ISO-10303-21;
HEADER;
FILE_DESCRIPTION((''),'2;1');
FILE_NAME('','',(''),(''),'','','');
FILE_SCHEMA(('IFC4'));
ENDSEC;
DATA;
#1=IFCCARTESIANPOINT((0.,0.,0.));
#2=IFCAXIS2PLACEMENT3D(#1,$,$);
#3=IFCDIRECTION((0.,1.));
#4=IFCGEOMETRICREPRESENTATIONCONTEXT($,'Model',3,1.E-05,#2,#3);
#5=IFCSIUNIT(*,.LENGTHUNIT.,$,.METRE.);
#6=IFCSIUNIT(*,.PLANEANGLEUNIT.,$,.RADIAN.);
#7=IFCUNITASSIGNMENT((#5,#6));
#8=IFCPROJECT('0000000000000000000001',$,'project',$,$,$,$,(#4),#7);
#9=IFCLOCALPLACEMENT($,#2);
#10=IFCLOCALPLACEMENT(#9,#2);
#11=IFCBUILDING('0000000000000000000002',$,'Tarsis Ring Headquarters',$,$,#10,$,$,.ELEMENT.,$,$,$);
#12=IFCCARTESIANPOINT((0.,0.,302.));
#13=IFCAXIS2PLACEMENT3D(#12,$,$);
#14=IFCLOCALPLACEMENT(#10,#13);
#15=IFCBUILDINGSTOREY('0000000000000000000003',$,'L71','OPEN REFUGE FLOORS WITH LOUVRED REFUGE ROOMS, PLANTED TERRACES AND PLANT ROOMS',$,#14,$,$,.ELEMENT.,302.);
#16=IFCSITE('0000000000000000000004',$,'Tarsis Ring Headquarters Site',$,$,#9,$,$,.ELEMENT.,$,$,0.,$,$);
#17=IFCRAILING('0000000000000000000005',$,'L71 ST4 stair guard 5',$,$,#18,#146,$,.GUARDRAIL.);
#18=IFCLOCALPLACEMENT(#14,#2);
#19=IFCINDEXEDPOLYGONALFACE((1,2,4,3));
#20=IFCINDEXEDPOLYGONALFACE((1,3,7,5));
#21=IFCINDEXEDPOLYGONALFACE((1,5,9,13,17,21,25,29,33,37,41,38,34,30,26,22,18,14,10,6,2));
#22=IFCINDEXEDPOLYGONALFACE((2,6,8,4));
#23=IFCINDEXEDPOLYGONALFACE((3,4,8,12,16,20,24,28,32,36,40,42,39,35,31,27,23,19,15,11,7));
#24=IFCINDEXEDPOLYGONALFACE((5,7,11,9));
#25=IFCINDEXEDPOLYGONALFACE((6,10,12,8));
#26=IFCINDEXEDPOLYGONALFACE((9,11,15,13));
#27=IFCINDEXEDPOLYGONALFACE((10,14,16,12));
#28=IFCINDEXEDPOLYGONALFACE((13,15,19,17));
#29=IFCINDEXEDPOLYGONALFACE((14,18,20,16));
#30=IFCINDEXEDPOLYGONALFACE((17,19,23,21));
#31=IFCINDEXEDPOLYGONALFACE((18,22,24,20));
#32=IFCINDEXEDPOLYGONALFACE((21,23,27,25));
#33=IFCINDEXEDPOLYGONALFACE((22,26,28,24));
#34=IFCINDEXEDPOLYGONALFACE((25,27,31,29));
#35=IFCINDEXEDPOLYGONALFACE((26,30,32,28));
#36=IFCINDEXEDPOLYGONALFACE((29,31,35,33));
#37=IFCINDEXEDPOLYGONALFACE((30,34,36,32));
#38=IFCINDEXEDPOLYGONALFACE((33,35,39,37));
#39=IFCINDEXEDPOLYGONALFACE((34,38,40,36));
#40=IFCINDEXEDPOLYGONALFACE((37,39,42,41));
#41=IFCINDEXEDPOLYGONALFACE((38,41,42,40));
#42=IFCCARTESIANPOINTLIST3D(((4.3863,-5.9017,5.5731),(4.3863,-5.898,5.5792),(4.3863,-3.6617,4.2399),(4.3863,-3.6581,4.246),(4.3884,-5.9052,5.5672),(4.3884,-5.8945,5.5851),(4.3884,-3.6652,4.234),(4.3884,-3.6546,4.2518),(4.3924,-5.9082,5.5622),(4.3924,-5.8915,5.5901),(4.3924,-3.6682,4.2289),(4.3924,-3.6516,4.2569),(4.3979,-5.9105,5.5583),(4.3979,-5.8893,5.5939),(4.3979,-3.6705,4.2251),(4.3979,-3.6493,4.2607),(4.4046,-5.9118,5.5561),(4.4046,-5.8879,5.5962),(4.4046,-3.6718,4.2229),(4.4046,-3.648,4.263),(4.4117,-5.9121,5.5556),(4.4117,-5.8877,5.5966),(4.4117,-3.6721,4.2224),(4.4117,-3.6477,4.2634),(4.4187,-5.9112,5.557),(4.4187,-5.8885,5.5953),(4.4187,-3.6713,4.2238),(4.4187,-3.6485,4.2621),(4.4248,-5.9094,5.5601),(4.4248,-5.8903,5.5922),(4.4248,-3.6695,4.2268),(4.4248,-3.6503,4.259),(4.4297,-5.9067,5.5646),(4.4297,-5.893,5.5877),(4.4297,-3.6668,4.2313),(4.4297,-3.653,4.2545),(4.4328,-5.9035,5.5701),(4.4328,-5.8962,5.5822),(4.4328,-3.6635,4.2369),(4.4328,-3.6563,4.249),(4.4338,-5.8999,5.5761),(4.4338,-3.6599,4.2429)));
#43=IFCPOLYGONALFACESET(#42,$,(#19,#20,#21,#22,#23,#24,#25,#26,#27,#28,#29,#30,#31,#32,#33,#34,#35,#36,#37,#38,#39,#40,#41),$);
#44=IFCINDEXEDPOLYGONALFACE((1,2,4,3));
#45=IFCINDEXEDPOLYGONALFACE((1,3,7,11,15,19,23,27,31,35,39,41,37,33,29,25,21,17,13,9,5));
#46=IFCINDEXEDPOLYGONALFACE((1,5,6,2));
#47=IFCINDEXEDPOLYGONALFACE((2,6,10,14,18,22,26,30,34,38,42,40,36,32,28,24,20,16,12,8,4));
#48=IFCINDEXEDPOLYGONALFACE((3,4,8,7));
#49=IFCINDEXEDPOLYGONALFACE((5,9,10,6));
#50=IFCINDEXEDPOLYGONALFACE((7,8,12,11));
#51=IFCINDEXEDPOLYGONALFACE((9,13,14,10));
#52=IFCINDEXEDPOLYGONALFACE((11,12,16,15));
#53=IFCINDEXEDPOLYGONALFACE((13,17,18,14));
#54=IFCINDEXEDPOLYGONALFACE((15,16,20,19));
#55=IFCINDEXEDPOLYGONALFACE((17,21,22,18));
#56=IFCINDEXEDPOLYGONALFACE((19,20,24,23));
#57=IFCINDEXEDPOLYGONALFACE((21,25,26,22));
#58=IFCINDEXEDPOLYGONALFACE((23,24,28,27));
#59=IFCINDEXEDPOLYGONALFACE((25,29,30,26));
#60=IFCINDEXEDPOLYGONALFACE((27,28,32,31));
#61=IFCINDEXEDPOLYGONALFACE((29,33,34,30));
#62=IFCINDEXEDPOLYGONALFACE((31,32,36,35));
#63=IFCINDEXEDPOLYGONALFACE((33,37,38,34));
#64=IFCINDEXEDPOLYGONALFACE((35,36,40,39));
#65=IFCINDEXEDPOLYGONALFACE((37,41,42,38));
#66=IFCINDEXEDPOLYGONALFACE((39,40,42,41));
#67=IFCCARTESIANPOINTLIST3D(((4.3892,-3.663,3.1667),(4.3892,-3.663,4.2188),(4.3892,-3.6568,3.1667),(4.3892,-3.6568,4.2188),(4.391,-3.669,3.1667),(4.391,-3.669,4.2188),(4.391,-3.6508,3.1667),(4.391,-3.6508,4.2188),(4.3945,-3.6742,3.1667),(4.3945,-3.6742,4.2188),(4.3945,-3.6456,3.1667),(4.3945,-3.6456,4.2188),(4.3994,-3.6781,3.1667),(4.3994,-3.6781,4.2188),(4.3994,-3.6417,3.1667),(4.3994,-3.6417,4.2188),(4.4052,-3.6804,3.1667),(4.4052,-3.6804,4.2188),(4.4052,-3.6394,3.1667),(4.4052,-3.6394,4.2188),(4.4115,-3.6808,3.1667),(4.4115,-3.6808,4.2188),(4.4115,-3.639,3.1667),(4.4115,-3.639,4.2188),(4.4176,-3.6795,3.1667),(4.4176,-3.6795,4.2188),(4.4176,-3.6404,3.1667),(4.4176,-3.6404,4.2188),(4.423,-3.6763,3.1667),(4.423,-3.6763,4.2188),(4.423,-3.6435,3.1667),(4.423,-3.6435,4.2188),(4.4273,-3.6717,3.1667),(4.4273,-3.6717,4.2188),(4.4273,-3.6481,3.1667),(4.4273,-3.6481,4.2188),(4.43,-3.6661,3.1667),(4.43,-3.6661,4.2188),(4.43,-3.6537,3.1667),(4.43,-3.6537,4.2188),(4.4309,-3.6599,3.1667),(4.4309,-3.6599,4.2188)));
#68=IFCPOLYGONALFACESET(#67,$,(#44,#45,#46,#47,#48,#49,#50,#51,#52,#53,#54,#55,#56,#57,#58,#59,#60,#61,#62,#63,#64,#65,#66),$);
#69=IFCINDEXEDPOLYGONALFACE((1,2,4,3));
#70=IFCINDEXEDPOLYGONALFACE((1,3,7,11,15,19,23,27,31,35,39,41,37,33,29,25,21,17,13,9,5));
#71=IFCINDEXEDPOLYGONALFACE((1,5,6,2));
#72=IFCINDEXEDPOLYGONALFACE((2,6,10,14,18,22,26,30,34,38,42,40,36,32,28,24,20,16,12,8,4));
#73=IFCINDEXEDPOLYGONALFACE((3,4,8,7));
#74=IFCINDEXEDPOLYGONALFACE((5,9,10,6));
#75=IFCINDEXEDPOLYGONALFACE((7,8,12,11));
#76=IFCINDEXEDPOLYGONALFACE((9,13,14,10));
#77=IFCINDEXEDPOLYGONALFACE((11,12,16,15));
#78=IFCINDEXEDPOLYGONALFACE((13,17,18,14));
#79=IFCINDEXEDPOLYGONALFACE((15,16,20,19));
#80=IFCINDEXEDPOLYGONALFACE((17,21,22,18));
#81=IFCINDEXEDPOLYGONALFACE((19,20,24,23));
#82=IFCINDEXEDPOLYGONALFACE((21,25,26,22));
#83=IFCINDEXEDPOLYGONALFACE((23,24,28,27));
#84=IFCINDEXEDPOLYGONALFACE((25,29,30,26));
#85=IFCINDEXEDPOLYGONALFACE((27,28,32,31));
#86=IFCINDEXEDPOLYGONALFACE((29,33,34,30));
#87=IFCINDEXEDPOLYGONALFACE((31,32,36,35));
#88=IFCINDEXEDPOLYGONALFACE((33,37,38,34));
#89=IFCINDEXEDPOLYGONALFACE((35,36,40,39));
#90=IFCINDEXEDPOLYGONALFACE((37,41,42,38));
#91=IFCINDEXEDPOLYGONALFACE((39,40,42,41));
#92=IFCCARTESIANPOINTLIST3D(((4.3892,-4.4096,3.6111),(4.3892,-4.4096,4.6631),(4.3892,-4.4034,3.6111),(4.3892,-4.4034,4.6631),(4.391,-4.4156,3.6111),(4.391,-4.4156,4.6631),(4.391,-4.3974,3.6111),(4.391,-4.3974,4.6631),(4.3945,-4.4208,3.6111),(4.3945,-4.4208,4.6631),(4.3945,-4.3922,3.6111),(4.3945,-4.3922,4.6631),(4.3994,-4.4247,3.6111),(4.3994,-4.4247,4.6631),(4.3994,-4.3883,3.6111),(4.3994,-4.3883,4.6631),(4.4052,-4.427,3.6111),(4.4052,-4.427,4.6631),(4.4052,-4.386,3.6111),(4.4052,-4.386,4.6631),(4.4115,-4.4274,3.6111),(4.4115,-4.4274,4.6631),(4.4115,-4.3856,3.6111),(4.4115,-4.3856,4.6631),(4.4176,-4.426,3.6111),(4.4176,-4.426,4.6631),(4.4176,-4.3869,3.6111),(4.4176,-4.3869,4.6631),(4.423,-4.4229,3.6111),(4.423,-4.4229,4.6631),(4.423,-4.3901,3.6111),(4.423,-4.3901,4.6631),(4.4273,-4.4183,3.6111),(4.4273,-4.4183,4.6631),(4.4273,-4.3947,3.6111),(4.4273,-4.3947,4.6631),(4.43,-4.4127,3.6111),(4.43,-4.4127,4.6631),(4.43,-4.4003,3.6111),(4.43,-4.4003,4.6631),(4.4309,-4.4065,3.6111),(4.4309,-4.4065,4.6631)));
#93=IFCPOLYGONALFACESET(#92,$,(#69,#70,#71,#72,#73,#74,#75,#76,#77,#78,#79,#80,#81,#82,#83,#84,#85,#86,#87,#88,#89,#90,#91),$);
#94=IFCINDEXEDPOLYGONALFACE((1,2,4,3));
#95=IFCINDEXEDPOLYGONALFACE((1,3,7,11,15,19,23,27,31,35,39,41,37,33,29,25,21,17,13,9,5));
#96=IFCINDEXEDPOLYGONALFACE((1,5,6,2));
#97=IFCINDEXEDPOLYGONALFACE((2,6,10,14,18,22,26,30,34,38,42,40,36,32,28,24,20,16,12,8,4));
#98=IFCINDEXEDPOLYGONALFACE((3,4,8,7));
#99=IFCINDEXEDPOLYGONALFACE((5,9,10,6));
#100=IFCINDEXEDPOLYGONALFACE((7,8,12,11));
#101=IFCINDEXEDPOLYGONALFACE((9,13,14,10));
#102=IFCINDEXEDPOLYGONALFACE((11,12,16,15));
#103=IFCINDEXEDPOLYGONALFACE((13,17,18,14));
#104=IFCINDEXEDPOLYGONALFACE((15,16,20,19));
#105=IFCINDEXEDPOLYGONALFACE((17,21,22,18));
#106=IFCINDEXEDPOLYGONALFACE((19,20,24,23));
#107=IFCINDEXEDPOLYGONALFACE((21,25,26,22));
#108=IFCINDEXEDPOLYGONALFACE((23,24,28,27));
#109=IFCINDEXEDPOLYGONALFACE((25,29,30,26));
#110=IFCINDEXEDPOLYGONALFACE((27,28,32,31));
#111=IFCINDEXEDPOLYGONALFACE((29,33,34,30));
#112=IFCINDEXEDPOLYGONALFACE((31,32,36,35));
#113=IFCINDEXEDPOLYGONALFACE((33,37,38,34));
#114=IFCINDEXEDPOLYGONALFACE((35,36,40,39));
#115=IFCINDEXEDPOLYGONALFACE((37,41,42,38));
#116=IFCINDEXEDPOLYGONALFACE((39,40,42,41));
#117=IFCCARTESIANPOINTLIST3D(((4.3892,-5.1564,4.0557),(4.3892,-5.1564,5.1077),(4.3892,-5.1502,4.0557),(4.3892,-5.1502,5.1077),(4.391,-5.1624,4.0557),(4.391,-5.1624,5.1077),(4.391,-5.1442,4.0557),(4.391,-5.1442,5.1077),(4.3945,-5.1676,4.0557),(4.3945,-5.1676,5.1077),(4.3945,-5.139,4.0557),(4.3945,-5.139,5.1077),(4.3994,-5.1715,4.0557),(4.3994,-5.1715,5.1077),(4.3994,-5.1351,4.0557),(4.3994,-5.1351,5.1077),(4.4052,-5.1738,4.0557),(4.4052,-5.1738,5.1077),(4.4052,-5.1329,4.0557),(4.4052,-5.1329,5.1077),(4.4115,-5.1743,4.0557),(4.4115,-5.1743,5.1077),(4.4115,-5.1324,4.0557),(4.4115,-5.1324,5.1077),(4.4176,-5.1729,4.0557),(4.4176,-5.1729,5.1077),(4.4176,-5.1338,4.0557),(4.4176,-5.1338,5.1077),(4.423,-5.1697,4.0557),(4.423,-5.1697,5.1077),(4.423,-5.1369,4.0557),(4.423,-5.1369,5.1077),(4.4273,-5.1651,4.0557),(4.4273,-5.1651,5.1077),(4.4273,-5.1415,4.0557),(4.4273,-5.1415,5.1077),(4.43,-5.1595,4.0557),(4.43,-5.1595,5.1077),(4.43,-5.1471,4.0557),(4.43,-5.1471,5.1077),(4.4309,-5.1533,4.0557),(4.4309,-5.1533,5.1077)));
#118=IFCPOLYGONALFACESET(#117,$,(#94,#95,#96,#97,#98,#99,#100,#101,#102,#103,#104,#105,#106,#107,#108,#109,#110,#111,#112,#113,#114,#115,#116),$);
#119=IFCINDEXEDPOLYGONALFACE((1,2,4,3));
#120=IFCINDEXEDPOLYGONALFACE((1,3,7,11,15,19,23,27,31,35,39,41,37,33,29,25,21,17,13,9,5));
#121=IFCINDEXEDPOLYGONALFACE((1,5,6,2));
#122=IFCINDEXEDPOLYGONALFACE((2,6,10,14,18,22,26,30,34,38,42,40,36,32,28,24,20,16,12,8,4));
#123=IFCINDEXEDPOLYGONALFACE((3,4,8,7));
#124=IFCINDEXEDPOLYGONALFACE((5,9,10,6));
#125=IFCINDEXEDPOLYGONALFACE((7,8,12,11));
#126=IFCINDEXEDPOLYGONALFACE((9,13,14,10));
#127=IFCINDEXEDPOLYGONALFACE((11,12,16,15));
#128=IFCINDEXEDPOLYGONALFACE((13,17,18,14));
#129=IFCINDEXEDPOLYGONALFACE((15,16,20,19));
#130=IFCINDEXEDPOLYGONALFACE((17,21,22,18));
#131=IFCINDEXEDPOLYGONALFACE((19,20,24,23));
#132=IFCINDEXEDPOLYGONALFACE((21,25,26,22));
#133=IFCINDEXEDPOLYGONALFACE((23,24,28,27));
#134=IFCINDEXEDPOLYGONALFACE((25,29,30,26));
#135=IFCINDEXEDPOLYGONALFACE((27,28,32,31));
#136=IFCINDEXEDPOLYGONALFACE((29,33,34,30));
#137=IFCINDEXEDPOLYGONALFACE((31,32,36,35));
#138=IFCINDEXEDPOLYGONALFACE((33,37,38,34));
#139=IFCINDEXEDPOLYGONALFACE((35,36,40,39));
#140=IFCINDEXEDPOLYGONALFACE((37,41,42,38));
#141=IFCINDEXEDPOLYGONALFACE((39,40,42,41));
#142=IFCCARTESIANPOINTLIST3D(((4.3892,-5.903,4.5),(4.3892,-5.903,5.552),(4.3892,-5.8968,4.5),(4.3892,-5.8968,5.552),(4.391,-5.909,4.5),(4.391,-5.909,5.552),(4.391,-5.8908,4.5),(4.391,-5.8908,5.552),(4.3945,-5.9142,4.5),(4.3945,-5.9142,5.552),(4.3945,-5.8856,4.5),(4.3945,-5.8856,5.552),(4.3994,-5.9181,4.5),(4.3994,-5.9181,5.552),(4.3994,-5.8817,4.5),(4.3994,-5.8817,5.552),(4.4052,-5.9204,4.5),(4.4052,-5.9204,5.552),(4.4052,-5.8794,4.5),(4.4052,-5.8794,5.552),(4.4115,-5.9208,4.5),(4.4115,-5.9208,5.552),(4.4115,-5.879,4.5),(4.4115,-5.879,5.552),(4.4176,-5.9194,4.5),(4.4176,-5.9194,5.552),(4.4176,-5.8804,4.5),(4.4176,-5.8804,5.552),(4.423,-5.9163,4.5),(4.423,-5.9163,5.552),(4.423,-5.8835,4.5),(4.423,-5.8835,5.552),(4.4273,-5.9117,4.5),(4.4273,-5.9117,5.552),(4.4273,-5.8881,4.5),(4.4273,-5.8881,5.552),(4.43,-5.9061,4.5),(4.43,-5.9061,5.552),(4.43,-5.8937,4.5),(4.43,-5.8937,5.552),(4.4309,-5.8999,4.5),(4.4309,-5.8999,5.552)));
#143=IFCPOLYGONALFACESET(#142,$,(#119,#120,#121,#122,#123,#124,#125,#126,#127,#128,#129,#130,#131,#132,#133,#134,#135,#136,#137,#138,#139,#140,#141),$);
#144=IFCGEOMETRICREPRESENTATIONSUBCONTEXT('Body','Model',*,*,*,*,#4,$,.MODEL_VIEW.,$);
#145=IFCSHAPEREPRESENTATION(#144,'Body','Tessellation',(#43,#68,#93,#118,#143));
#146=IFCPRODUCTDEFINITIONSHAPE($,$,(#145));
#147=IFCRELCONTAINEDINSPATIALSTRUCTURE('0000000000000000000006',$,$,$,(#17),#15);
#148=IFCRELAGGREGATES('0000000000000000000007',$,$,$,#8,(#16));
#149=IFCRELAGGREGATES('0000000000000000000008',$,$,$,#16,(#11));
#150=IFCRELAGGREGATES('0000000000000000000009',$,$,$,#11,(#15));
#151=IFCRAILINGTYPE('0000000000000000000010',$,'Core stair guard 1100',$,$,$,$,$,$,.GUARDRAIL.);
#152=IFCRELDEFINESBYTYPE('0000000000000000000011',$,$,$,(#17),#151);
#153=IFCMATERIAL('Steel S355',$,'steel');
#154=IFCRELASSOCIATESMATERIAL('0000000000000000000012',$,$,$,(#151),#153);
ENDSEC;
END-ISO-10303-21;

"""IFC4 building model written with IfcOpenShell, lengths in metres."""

from ifc_helpers import new_model, si_unit, direction, frame, origin, origin_2d, place, context, subcontext, project, spatial, circle, extrude, material, type_object, element, save


model = new_model("IFC4")

# Units and contexts
model_context = context("Model", 3, precision=1e-05, world=origin(), true_north=direction((0.0, 1.0)))
body_context = subcontext(model_context, "Body", "Model", "MODEL_VIEW")
ifc_project = project(units=[si_unit("LENGTHUNIT", "METRE"), si_unit("PLANEANGLEUNIT", "RADIAN")], contexts=[model_context])

# Site, building, storey
site_placement = place(None, origin())
site = spatial("IfcSite", under=ifc_project, at=site_placement, Name="Tarsis Ring Headquarters Site", CompositionType="ELEMENT", RefElevation=0.0)
building_placement = place(site_placement, origin())
building = spatial("IfcBuilding", under=site, at=building_placement, Name="Tarsis Ring Headquarters", CompositionType="ELEMENT")
storey_placement = place(building_placement, frame((0.0, 0.0, 302.0)))
storey = spatial("IfcBuildingStorey", under=building, at=storey_placement, Name="L71", Description="OPEN REFUGE FLOORS WITH LOUVRED REFUGE ROOMS, PLANTED TERRACES AND PLANT ROOMS", CompositionType="ELEMENT", Elevation=302.0)

# Railing
ifc_material_1 = material(Name="Steel S355", Category="steel")
railing_type_1 = type_object("IfcRailingType", Name="Core stair guard 1100", PredefinedType="GUARDRAIL", material=ifc_material_1)
railing_1_placement = place(storey_placement, frame((4.4099, -3.6599, 3.1667)))
element("IfcRailing", 1, at=railing_1_placement, inside=storey, type_object=railing_type_1, Name="L71 ST4 stair guard 5", PredefinedType="GUARDRAIL", context=body_context, shape_type="SweptSolid", body=[
    extrude(circle(Radius=0.0239, at=origin_2d()), frame((0.0, 0.0, 1.0762), z_axis=(0.0, -0.859306, 0.511462), x_axis=(1.0, 0.0, 0.0)), (0.0, 0.0, 1.0), 2.6067),
    extrude(circle(Radius=0.021, at=origin_2d()), origin(), (0.0, 0.0, 1.0), 1.052),
    extrude(circle(Radius=0.021, at=origin_2d()), frame((0.0, -0.7466, 0.4443)), (0.0, 0.0, 1.0), 1.052),
    extrude(circle(Radius=0.021, at=origin_2d()), frame((0.0, -1.4934, 0.8889)), (0.0, 0.0, 1.0), 1.052),
    extrude(circle(Radius=0.021, at=origin_2d()), frame((0.0, -2.24, 1.3333)), (0.0, 0.0, 1.0), 1.052),
])

save(model, "model.ifc")
